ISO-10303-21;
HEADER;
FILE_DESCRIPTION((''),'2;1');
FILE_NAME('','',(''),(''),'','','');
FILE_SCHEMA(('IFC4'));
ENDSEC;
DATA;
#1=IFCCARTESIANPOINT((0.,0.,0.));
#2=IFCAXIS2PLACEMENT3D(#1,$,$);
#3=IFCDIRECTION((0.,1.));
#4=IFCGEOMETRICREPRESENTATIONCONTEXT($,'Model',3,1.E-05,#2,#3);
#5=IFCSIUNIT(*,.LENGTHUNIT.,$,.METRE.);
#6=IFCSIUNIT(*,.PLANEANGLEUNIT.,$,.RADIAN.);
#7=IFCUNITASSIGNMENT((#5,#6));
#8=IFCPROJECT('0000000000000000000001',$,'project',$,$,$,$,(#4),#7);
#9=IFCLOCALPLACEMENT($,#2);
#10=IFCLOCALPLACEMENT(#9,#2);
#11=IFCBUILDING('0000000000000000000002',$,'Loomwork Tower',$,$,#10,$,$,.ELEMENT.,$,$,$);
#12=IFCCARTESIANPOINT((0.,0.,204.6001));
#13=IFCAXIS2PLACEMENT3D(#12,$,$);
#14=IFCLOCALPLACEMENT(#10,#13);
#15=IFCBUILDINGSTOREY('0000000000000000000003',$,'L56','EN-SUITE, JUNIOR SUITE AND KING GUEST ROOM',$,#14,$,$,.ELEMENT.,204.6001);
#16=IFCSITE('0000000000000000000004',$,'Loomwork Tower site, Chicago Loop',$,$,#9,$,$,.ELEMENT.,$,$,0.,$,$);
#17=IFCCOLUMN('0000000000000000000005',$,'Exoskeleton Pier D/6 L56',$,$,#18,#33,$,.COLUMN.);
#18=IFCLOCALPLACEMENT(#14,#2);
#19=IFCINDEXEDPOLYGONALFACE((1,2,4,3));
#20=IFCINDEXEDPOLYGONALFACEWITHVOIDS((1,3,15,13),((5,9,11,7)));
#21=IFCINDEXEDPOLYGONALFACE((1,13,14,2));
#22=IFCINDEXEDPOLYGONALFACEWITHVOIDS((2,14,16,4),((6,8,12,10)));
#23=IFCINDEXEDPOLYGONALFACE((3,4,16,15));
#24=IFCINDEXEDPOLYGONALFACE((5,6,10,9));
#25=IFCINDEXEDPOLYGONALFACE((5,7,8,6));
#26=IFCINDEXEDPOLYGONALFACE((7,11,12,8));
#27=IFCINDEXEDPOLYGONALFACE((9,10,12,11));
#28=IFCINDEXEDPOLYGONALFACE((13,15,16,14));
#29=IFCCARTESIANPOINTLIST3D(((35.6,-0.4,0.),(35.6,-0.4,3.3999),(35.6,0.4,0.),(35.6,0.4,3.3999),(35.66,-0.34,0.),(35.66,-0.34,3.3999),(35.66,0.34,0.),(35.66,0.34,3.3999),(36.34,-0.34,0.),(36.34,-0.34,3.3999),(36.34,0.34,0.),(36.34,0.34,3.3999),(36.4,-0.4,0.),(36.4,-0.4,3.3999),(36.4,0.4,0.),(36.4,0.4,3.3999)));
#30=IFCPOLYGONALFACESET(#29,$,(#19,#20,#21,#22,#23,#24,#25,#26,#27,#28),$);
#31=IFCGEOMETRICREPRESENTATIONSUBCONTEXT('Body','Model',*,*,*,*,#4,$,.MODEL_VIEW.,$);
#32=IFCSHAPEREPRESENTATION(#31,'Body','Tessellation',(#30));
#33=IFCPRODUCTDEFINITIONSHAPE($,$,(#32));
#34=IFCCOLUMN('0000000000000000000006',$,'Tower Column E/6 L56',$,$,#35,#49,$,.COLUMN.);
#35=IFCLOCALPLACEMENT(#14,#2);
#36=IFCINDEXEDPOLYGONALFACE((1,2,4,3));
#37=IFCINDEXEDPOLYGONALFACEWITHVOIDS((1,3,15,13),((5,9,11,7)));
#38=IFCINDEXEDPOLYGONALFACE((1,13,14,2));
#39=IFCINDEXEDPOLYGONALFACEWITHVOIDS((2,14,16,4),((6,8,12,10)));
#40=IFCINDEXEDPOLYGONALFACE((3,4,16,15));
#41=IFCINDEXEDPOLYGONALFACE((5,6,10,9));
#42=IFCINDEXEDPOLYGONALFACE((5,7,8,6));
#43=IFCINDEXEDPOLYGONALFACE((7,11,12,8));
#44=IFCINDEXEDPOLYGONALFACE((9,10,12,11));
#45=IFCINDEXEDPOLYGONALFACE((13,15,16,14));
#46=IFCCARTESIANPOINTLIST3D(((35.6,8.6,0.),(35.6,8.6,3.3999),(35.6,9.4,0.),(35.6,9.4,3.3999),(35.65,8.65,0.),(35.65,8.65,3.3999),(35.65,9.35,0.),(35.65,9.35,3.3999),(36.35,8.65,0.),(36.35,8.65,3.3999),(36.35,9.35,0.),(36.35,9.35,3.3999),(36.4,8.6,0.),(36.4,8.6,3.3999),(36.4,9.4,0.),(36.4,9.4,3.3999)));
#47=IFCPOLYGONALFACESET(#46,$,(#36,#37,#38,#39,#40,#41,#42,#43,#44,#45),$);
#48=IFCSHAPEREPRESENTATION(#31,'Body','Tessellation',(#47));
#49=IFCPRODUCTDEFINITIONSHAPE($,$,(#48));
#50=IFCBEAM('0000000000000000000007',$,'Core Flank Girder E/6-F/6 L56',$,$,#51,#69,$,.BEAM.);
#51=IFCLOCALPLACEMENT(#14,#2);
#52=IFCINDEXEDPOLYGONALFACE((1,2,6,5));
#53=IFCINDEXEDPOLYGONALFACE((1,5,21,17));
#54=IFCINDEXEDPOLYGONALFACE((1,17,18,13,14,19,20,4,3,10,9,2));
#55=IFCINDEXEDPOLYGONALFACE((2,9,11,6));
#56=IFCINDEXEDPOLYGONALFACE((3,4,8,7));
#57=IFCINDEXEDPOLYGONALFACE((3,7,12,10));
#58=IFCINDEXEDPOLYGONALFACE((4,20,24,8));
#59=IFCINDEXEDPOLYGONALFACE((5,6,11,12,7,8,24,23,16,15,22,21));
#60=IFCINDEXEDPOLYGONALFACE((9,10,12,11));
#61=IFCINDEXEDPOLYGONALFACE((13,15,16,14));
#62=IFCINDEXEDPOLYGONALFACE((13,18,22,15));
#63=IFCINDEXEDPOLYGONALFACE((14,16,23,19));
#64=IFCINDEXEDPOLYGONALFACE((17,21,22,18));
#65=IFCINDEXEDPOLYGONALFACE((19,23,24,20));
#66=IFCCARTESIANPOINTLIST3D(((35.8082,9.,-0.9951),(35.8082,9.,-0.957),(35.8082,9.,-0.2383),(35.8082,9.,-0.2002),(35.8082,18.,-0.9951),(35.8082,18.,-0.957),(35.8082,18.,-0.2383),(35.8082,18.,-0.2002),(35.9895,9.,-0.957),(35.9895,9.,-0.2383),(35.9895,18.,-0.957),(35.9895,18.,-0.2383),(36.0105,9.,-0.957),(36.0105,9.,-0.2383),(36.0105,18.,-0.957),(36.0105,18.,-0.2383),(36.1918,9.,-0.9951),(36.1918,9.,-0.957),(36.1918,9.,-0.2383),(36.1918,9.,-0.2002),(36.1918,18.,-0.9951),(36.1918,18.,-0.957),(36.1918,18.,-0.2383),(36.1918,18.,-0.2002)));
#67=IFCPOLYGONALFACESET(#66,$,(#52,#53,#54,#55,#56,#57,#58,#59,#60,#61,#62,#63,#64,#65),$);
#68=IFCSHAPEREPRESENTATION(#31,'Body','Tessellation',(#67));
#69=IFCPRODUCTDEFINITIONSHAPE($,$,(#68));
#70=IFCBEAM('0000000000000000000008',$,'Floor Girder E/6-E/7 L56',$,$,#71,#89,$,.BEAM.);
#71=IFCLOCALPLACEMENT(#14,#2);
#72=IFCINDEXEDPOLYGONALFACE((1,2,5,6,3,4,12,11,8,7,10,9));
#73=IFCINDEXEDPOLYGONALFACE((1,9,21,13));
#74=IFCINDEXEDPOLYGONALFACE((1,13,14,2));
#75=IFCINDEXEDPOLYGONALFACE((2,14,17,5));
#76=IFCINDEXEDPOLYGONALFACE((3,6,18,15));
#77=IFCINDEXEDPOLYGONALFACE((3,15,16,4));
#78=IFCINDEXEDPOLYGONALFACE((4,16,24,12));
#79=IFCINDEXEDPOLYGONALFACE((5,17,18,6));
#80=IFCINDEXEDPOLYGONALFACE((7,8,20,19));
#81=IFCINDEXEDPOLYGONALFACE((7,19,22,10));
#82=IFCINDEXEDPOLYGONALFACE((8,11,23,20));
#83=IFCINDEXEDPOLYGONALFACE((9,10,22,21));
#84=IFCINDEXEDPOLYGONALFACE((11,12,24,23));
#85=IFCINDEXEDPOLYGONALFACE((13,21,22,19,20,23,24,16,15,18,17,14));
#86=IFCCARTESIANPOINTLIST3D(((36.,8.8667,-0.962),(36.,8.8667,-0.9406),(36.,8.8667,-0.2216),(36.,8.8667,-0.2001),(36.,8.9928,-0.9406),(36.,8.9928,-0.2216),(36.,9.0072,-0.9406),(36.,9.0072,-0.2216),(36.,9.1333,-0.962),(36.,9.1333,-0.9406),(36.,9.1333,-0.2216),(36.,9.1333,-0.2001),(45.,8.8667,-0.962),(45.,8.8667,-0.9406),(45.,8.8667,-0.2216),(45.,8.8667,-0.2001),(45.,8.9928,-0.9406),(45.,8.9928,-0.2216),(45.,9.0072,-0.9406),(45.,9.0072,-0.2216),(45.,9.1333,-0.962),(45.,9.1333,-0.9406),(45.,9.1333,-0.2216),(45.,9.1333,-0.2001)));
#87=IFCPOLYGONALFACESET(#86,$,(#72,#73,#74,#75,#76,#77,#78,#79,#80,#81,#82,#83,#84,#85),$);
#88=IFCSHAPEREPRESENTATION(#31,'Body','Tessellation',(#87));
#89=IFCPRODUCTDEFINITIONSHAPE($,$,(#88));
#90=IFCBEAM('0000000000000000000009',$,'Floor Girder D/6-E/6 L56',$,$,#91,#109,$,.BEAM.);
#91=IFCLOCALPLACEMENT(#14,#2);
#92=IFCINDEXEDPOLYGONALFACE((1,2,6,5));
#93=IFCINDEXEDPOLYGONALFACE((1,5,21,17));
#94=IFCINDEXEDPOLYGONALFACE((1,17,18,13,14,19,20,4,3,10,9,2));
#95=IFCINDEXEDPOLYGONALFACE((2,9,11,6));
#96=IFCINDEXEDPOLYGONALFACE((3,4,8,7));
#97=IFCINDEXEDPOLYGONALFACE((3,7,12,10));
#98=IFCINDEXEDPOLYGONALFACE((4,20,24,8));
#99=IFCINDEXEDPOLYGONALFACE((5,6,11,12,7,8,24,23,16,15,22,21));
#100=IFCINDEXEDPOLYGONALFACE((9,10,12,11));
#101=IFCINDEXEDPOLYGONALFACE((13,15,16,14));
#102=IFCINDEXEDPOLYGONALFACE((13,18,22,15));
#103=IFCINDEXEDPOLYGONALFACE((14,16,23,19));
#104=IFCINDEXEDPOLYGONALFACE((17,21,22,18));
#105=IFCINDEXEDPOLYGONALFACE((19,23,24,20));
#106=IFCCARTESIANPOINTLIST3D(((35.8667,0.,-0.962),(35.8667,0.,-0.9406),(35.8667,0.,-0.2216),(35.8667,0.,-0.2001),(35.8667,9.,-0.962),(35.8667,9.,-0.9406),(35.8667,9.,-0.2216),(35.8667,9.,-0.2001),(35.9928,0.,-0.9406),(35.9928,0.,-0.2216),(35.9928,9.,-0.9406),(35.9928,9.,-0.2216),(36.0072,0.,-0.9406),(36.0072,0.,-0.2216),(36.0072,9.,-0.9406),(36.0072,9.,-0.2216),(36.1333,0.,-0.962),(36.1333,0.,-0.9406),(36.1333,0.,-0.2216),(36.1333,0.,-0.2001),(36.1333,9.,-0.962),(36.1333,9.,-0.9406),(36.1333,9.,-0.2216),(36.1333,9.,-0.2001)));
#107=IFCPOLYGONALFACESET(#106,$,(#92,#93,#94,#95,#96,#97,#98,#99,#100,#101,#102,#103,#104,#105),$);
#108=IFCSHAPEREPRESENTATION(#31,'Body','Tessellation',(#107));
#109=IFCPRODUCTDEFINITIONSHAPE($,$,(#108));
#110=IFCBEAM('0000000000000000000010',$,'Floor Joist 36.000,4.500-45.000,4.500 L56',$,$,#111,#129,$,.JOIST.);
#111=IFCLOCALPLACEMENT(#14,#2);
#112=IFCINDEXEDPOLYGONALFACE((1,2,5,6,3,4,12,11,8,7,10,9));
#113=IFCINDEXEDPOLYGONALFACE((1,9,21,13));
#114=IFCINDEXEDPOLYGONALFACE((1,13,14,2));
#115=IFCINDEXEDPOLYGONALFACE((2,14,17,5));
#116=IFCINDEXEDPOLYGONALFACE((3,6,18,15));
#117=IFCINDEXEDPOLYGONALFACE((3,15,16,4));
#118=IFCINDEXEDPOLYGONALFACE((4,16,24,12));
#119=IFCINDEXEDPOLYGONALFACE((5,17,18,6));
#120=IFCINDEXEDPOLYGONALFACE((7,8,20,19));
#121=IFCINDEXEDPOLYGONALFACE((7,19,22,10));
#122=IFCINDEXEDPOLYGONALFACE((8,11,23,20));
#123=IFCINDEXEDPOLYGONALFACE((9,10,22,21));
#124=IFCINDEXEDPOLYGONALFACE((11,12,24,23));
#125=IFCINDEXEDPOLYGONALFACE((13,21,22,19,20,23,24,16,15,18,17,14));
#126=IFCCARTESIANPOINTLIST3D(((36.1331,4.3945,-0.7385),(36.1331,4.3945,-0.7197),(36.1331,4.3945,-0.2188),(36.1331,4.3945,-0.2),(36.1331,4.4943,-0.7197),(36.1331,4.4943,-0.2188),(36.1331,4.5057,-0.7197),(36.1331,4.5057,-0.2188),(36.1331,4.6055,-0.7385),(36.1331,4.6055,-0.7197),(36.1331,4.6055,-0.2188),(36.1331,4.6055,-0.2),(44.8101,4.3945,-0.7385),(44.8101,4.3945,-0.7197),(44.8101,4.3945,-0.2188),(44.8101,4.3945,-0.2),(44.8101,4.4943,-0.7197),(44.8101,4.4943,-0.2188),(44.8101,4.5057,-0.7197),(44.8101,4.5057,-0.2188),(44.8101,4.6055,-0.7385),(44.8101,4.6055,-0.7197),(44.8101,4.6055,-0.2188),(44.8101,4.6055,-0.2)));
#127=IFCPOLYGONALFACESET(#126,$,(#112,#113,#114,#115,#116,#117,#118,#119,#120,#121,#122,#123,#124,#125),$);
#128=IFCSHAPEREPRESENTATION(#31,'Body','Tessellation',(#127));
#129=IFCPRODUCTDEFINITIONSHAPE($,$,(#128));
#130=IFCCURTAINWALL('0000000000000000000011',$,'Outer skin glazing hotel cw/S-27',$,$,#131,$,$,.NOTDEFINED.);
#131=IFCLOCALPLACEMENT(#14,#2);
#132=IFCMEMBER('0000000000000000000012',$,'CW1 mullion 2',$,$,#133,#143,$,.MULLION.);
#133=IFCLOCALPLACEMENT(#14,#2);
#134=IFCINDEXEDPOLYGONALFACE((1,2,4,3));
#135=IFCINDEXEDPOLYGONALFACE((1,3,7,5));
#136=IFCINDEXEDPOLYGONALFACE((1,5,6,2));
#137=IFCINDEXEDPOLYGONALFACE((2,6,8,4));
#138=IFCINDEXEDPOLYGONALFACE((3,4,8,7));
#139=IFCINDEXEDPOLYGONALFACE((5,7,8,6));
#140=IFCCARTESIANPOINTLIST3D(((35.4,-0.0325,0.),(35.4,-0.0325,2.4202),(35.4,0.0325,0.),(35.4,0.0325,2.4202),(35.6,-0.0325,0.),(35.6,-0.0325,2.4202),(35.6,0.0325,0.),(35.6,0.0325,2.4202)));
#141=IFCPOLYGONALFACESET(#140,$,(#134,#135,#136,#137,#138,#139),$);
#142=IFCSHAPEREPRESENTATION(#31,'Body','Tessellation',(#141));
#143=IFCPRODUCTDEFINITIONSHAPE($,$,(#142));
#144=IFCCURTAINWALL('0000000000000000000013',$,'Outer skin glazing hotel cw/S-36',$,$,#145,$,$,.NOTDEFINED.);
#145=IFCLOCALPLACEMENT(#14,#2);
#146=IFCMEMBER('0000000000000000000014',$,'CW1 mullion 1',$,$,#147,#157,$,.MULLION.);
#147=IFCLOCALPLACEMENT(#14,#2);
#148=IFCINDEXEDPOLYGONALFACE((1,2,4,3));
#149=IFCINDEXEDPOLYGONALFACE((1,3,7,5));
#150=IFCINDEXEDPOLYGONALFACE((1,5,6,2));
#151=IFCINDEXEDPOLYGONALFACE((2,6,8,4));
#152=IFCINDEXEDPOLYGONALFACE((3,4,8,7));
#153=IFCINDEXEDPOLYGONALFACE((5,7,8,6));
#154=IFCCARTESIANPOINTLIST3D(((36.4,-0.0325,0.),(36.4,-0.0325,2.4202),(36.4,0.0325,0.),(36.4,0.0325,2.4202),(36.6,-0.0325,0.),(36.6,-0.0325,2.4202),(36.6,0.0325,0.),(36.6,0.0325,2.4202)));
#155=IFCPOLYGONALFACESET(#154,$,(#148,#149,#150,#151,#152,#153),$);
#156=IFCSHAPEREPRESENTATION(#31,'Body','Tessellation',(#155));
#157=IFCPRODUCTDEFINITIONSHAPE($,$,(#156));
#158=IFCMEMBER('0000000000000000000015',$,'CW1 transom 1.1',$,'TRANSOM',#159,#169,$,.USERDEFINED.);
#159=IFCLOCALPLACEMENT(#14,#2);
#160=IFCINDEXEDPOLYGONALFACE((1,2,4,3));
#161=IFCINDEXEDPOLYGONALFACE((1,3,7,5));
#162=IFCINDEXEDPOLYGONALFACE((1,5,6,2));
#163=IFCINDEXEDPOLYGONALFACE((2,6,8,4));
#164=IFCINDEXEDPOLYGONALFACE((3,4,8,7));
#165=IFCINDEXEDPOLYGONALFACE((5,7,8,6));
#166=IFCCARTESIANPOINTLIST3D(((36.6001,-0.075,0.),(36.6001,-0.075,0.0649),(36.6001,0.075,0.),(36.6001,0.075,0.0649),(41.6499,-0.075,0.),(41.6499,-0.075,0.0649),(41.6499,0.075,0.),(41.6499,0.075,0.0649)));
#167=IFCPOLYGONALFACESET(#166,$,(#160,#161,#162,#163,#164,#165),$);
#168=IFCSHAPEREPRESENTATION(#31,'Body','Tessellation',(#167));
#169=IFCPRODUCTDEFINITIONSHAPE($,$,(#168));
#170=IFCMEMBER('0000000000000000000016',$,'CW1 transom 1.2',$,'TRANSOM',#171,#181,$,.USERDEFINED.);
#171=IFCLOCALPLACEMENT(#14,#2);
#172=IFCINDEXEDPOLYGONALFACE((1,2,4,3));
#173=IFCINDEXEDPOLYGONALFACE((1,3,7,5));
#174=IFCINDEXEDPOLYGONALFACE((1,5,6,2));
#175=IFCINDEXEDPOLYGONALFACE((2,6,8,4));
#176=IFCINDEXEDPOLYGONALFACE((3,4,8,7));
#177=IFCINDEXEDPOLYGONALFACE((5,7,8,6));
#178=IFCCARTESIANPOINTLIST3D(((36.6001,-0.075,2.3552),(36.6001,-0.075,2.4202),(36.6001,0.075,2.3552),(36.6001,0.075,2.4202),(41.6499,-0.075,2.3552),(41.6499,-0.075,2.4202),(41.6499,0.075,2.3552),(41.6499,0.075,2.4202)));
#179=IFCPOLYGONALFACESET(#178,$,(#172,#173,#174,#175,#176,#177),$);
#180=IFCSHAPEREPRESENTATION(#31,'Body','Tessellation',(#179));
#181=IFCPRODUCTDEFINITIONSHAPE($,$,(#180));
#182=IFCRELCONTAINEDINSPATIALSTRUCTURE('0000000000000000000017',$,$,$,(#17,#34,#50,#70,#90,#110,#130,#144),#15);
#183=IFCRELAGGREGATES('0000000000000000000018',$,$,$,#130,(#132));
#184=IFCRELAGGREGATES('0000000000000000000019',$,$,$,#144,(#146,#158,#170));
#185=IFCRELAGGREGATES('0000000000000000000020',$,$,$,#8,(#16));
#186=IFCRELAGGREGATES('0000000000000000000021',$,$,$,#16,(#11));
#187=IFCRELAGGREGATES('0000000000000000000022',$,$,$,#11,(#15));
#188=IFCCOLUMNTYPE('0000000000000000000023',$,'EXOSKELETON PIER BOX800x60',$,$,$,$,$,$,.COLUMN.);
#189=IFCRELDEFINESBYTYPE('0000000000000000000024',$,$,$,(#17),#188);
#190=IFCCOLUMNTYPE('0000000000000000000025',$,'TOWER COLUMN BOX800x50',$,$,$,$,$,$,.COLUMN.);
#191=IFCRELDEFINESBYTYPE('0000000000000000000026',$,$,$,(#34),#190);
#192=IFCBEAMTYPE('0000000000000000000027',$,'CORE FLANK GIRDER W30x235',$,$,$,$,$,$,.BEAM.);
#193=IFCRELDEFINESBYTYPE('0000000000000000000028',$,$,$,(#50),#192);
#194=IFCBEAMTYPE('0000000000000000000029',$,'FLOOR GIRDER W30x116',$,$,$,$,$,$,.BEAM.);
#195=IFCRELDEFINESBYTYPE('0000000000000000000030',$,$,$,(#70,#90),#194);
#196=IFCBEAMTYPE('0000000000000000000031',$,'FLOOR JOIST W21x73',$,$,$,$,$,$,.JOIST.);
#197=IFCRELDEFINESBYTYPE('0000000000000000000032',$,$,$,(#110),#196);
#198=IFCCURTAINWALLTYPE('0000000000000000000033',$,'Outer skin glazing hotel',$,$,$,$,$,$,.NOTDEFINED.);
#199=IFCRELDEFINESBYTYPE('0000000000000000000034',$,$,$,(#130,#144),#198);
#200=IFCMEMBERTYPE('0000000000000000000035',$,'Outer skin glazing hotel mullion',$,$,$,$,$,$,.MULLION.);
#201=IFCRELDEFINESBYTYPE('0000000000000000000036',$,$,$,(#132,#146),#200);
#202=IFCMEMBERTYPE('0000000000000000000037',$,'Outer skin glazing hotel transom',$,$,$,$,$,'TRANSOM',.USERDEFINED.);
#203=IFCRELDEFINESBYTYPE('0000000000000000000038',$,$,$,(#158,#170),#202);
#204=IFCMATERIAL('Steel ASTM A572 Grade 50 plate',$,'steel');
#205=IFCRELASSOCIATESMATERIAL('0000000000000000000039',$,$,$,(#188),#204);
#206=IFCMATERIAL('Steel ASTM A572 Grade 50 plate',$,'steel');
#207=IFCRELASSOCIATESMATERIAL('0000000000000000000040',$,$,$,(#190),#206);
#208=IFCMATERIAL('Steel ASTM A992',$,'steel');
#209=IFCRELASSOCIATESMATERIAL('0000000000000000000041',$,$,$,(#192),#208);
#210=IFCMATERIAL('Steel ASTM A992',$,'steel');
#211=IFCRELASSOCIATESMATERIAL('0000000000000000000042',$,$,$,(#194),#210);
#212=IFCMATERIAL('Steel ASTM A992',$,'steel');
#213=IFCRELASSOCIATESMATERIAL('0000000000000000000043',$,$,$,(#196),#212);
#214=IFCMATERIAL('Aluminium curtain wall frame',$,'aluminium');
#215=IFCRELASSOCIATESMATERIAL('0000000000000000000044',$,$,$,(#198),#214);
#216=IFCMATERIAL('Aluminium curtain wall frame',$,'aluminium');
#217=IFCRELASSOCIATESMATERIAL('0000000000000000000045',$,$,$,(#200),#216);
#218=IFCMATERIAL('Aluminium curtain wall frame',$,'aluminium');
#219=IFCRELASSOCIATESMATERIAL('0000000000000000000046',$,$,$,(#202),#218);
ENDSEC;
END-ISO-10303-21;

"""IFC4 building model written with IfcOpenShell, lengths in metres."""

from ifc_helpers import new_model, si_unit, direction, frame, origin, origin_2d, place, context, subcontext, project, spatial, rectangle, hollow_rectangle, i_section, extrude, material, material_profile, profile_set, type_object, element, aggregate, save


model = new_model("IFC4")

# Units and contexts
model_context = context("Model", 3, precision=1e-05, world=origin(), true_north=direction((0.0, 1.0)))
body_context = subcontext(model_context, "Body", "Model", "MODEL_VIEW")
ifc_project = project(units=[si_unit("LENGTHUNIT", "METRE"), si_unit("PLANEANGLEUNIT", "RADIAN")], contexts=[model_context])

# Site, building, storey
site_placement = place(None, origin())
site = spatial("IfcSite", under=ifc_project, at=site_placement, Name="Loomwork Tower site, Chicago Loop", CompositionType="ELEMENT", RefElevation=0.0)
building_placement = place(site_placement, origin())
building = spatial("IfcBuilding", under=site, at=building_placement, Name="Loomwork Tower", CompositionType="ELEMENT")
storey_placement = place(building_placement, frame((0.0, 0.0, 204.6001)))
storey = spatial("IfcBuildingStorey", under=building, at=storey_placement, Name="L56", Description="EN-SUITE, JUNIOR SUITE AND KING GUEST ROOM", CompositionType="ELEMENT", Elevation=204.6001)

# Columns
ifc_material_1 = material(Name="Steel ASTM A572 Grade 50 plate", Category="steel")
ifc_material_profile_1 = material_profile(ifc_material_1, hollow_rectangle(XDim=0.8, YDim=0.8, WallThickness=0.0601, at=origin_2d()), Name="BOX800x60")
ifc_profile_set_1 = profile_set([ifc_material_profile_1], Name="Steel ASTM A572 Grade 50 plate")
column_type_1 = type_object("IfcColumnType", Name="EXOSKELETON PIER BOX800x60", PredefinedType="COLUMN", material=ifc_profile_set_1)
column_1_placement = place(storey_placement, frame((36.0, 0.0, 0.0), z_axis=(0.0, 0.0, 1.0), x_axis=(1.0, 0.0, 0.0)))
element("IfcColumn", 1, at=column_1_placement, inside=storey, type_object=column_type_1, Name="Exoskeleton Pier D/6 L56", PredefinedType="COLUMN", context=body_context, shape_type="SweptSolid", body=[
    extrude(hollow_rectangle(XDim=0.8, YDim=0.8, WallThickness=0.0601, at=origin_2d()), origin(), (0.0, 0.0, 1.0), 3.3999),
])
ifc_material_2 = material(Name="Steel ASTM A572 Grade 50 plate", Category="steel")
ifc_material_profile_2 = material_profile(ifc_material_2, hollow_rectangle(XDim=0.8, YDim=0.8, WallThickness=0.05, at=origin_2d()), Name="BOX800x50")
ifc_profile_set_2 = profile_set([ifc_material_profile_2], Name="Steel ASTM A572 Grade 50 plate")
column_type_2 = type_object("IfcColumnType", Name="TOWER COLUMN BOX800x50", PredefinedType="COLUMN", material=ifc_profile_set_2)
column_2_placement = place(storey_placement, frame((36.0, 9.0, 0.0), z_axis=(0.0, 0.0, 1.0), x_axis=(0.0, 1.0, 0.0)))
element("IfcColumn", 2, at=column_2_placement, inside=storey, type_object=column_type_2, Name="Tower Column E/6 L56", PredefinedType="COLUMN", context=body_context, shape_type="SweptSolid", body=[
    extrude(hollow_rectangle(XDim=0.8, YDim=0.8, WallThickness=0.05, at=origin_2d()), origin(), (0.0, 0.0, 1.0), 3.3999),
])

# Beams
ifc_material_3 = material(Name="Steel ASTM A992", Category="steel")
ifc_material_profile_3 = material_profile(ifc_material_3, i_section(OverallWidth=0.3835, OverallDepth=0.7949, WebThickness=0.021, FlangeThickness=0.0381, at=origin_2d()), Name="W30x235")
ifc_profile_set_3 = profile_set([ifc_material_profile_3], Name="Steel ASTM A992")
beam_type_1 = type_object("IfcBeamType", Name="CORE FLANK GIRDER W30x235", PredefinedType="BEAM", material=ifc_profile_set_3)
beam_1_placement = place(storey_placement, frame((36.0, 9.0, -0.5977), z_axis=(0.0, 1.0, 0.0), x_axis=(-1.0, 0.0, 0.0)))
element("IfcBeam", 3, at=beam_1_placement, inside=storey, type_object=beam_type_1, Name="Core Flank Girder E/6-F/6 L56", PredefinedType="BEAM", context=body_context, shape_type="SweptSolid", body=[
    extrude(i_section(OverallWidth=0.3835, OverallDepth=0.7949, WebThickness=0.021, FlangeThickness=0.0381, at=origin_2d()), origin(), (0.0, 0.0, 1.0), 9.0),
])
ifc_material_4 = material(Name="Steel ASTM A992", Category="steel")
ifc_material_profile_4 = material_profile(ifc_material_4, i_section(OverallWidth=0.2666, OverallDepth=0.762, WebThickness=0.0144, FlangeThickness=0.0215, at=origin_2d()), Name="W30x116")
ifc_profile_set_4 = profile_set([ifc_material_profile_4], Name="Steel ASTM A992")
beam_type_2 = type_object("IfcBeamType", Name="FLOOR GIRDER W30x116", PredefinedType="BEAM", material=ifc_profile_set_4)
for number, where, z_axis, x_axis, name in (
    (4, (36.0, 9.0, -0.5811), (1.0, 0.0, 0.0), (0.0, 1.0, 0.0), "Floor Girder E/6-E/7 L56"),
    (5, (36.0, 0.0, -0.5811), (0.0, 1.0, 0.0), (-1.0, 0.0, 0.0), "Floor Girder D/6-E/6 L56"),
):
    element("IfcBeam", number, at=place(storey_placement, frame(where, z_axis=z_axis, x_axis=x_axis)), inside=storey, type_object=beam_type_2, Name=name, PredefinedType="BEAM", context=body_context, shape_type="SweptSolid", body=[
        extrude(i_section(OverallWidth=0.2666, OverallDepth=0.762, WebThickness=0.0144, FlangeThickness=0.0215, at=origin_2d()), origin(), (0.0, 0.0, 1.0), 9.0),
    ])
ifc_material_5 = material(Name="Steel ASTM A992", Category="steel")
ifc_material_profile_5 = material_profile(ifc_material_5, i_section(OverallWidth=0.2109, OverallDepth=0.5386, WebThickness=0.0115, FlangeThickness=0.0188, at=origin_2d()), Name="W21x73")
ifc_profile_set_5 = profile_set([ifc_material_profile_5], Name="Steel ASTM A992")
beam_type_3 = type_object("IfcBeamType", Name="FLOOR JOIST W21x73", PredefinedType="JOIST", material=ifc_profile_set_5)
beam_2_placement = place(storey_placement, frame((36.1331, 4.5, -0.4692), z_axis=(1.0, 0.0, 0.0), x_axis=(0.0, 1.0, 0.0)))
element("IfcBeam", 6, at=beam_2_placement, inside=storey, type_object=beam_type_3, Name="Floor Joist 36.000,4.500-45.000,4.500 L56", PredefinedType="JOIST", context=body_context, shape_type="SweptSolid", body=[
    extrude(i_section(OverallWidth=0.2109, OverallDepth=0.5386, WebThickness=0.0115, FlangeThickness=0.0188, at=origin_2d()), origin(), (0.0, 0.0, 1.0), 8.677),
])

# Curtain wall, member
ifc_material_6 = material(Name="Aluminium curtain wall frame", Category="aluminium")
curtain_wall_type = type_object("IfcCurtainWallType", Name="Outer skin glazing hotel", PredefinedType="NOTDEFINED", material=ifc_material_6)
curtain_wall_1_placement = place(storey_placement, origin())
curtain_wall_1 = element("IfcCurtainWall", 7, at=curtain_wall_1_placement, inside=storey, type_object=curtain_wall_type, Name="Outer skin glazing hotel cw/S-27", PredefinedType="NOTDEFINED")
ifc_material_7 = material(Name="Aluminium curtain wall frame", Category="aluminium")
ifc_material_profile_6 = material_profile(ifc_material_7, rectangle(XDim=0.0649, YDim=0.2, at=origin_2d()), Name="AL 65x200")
ifc_profile_set_6 = profile_set([ifc_material_profile_6], Name="Aluminium curtain wall frame")
member_type_1 = type_object("IfcMemberType", Name="Outer skin glazing hotel mullion", PredefinedType="MULLION", material=ifc_profile_set_6)
member_1_placement = place(storey_placement, frame((35.5, 0.0, 0.0), z_axis=(0.0, 0.0, 1.0), x_axis=(0.0, 1.0, 0.0)))
member_1 = element("IfcMember", 8, at=member_1_placement, type_object=member_type_1, Name="CW1 mullion 2", PredefinedType="MULLION", context=body_context, shape_type="SweptSolid", body=[
    extrude(rectangle(XDim=0.0649, YDim=0.2, at=origin_2d()), origin(), (0.0, 0.0, 1.0), 2.4202),
])
aggregate(curtain_wall_1, [member_1])

# Curtain wall, members
curtain_wall_2_placement = place(storey_placement, origin())
curtain_wall_2 = element("IfcCurtainWall", 9, at=curtain_wall_2_placement, inside=storey, type_object=curtain_wall_type, Name="Outer skin glazing hotel cw/S-36", PredefinedType="NOTDEFINED")
member_2_placement = place(storey_placement, frame((36.5, 0.0, 0.0), z_axis=(0.0, 0.0, 1.0), x_axis=(0.0, 1.0, 0.0)))
member_2 = element("IfcMember", 10, at=member_2_placement, type_object=member_type_1, Name="CW1 mullion 1", PredefinedType="MULLION", context=body_context, shape_type="SweptSolid", body=[
    extrude(rectangle(XDim=0.0649, YDim=0.2, at=origin_2d()), origin(), (0.0, 0.0, 1.0), 2.4202),
])
ifc_material_8 = material(Name="Aluminium curtain wall frame", Category="aluminium")
ifc_material_profile_7 = material_profile(ifc_material_8, rectangle(XDim=0.1499, YDim=0.0649, at=origin_2d()), Name="AL 65x150")
ifc_profile_set_7 = profile_set([ifc_material_profile_7], Name="Aluminium curtain wall frame")
member_type_2 = type_object("IfcMemberType", Name="Outer skin glazing hotel transom", ElementType="TRANSOM", PredefinedType="USERDEFINED", material=ifc_profile_set_7)
member_3_placement = place(storey_placement, frame((36.6001, 0.0, 0.0325), z_axis=(1.0, 0.0, 0.0), x_axis=(0.0, 1.0, 0.0)))
member_3 = element("IfcMember", 11, at=member_3_placement, type_object=member_type_2, Name="CW1 transom 1.1", ObjectType="TRANSOM", PredefinedType="USERDEFINED", context=body_context, shape_type="SweptSolid", body=[
    extrude(rectangle(XDim=0.1499, YDim=0.0649, at=origin_2d()), origin(), (0.0, 0.0, 1.0), 5.0498),
])
member_4_placement = place(storey_placement, frame((36.6001, 0.0, 2.3877), z_axis=(1.0, 0.0, 0.0), x_axis=(0.0, 1.0, 0.0)))
member_4 = element("IfcMember", 12, at=member_4_placement, type_object=member_type_2, Name="CW1 transom 1.2", ObjectType="TRANSOM", PredefinedType="USERDEFINED", context=body_context, shape_type="SweptSolid", body=[
    extrude(rectangle(XDim=0.1499, YDim=0.0649, at=origin_2d()), origin(), (0.0, 0.0, 1.0), 5.0498),
])
aggregate(curtain_wall_2, [member_2, member_3, member_4])

save(model, "model.ifc")
